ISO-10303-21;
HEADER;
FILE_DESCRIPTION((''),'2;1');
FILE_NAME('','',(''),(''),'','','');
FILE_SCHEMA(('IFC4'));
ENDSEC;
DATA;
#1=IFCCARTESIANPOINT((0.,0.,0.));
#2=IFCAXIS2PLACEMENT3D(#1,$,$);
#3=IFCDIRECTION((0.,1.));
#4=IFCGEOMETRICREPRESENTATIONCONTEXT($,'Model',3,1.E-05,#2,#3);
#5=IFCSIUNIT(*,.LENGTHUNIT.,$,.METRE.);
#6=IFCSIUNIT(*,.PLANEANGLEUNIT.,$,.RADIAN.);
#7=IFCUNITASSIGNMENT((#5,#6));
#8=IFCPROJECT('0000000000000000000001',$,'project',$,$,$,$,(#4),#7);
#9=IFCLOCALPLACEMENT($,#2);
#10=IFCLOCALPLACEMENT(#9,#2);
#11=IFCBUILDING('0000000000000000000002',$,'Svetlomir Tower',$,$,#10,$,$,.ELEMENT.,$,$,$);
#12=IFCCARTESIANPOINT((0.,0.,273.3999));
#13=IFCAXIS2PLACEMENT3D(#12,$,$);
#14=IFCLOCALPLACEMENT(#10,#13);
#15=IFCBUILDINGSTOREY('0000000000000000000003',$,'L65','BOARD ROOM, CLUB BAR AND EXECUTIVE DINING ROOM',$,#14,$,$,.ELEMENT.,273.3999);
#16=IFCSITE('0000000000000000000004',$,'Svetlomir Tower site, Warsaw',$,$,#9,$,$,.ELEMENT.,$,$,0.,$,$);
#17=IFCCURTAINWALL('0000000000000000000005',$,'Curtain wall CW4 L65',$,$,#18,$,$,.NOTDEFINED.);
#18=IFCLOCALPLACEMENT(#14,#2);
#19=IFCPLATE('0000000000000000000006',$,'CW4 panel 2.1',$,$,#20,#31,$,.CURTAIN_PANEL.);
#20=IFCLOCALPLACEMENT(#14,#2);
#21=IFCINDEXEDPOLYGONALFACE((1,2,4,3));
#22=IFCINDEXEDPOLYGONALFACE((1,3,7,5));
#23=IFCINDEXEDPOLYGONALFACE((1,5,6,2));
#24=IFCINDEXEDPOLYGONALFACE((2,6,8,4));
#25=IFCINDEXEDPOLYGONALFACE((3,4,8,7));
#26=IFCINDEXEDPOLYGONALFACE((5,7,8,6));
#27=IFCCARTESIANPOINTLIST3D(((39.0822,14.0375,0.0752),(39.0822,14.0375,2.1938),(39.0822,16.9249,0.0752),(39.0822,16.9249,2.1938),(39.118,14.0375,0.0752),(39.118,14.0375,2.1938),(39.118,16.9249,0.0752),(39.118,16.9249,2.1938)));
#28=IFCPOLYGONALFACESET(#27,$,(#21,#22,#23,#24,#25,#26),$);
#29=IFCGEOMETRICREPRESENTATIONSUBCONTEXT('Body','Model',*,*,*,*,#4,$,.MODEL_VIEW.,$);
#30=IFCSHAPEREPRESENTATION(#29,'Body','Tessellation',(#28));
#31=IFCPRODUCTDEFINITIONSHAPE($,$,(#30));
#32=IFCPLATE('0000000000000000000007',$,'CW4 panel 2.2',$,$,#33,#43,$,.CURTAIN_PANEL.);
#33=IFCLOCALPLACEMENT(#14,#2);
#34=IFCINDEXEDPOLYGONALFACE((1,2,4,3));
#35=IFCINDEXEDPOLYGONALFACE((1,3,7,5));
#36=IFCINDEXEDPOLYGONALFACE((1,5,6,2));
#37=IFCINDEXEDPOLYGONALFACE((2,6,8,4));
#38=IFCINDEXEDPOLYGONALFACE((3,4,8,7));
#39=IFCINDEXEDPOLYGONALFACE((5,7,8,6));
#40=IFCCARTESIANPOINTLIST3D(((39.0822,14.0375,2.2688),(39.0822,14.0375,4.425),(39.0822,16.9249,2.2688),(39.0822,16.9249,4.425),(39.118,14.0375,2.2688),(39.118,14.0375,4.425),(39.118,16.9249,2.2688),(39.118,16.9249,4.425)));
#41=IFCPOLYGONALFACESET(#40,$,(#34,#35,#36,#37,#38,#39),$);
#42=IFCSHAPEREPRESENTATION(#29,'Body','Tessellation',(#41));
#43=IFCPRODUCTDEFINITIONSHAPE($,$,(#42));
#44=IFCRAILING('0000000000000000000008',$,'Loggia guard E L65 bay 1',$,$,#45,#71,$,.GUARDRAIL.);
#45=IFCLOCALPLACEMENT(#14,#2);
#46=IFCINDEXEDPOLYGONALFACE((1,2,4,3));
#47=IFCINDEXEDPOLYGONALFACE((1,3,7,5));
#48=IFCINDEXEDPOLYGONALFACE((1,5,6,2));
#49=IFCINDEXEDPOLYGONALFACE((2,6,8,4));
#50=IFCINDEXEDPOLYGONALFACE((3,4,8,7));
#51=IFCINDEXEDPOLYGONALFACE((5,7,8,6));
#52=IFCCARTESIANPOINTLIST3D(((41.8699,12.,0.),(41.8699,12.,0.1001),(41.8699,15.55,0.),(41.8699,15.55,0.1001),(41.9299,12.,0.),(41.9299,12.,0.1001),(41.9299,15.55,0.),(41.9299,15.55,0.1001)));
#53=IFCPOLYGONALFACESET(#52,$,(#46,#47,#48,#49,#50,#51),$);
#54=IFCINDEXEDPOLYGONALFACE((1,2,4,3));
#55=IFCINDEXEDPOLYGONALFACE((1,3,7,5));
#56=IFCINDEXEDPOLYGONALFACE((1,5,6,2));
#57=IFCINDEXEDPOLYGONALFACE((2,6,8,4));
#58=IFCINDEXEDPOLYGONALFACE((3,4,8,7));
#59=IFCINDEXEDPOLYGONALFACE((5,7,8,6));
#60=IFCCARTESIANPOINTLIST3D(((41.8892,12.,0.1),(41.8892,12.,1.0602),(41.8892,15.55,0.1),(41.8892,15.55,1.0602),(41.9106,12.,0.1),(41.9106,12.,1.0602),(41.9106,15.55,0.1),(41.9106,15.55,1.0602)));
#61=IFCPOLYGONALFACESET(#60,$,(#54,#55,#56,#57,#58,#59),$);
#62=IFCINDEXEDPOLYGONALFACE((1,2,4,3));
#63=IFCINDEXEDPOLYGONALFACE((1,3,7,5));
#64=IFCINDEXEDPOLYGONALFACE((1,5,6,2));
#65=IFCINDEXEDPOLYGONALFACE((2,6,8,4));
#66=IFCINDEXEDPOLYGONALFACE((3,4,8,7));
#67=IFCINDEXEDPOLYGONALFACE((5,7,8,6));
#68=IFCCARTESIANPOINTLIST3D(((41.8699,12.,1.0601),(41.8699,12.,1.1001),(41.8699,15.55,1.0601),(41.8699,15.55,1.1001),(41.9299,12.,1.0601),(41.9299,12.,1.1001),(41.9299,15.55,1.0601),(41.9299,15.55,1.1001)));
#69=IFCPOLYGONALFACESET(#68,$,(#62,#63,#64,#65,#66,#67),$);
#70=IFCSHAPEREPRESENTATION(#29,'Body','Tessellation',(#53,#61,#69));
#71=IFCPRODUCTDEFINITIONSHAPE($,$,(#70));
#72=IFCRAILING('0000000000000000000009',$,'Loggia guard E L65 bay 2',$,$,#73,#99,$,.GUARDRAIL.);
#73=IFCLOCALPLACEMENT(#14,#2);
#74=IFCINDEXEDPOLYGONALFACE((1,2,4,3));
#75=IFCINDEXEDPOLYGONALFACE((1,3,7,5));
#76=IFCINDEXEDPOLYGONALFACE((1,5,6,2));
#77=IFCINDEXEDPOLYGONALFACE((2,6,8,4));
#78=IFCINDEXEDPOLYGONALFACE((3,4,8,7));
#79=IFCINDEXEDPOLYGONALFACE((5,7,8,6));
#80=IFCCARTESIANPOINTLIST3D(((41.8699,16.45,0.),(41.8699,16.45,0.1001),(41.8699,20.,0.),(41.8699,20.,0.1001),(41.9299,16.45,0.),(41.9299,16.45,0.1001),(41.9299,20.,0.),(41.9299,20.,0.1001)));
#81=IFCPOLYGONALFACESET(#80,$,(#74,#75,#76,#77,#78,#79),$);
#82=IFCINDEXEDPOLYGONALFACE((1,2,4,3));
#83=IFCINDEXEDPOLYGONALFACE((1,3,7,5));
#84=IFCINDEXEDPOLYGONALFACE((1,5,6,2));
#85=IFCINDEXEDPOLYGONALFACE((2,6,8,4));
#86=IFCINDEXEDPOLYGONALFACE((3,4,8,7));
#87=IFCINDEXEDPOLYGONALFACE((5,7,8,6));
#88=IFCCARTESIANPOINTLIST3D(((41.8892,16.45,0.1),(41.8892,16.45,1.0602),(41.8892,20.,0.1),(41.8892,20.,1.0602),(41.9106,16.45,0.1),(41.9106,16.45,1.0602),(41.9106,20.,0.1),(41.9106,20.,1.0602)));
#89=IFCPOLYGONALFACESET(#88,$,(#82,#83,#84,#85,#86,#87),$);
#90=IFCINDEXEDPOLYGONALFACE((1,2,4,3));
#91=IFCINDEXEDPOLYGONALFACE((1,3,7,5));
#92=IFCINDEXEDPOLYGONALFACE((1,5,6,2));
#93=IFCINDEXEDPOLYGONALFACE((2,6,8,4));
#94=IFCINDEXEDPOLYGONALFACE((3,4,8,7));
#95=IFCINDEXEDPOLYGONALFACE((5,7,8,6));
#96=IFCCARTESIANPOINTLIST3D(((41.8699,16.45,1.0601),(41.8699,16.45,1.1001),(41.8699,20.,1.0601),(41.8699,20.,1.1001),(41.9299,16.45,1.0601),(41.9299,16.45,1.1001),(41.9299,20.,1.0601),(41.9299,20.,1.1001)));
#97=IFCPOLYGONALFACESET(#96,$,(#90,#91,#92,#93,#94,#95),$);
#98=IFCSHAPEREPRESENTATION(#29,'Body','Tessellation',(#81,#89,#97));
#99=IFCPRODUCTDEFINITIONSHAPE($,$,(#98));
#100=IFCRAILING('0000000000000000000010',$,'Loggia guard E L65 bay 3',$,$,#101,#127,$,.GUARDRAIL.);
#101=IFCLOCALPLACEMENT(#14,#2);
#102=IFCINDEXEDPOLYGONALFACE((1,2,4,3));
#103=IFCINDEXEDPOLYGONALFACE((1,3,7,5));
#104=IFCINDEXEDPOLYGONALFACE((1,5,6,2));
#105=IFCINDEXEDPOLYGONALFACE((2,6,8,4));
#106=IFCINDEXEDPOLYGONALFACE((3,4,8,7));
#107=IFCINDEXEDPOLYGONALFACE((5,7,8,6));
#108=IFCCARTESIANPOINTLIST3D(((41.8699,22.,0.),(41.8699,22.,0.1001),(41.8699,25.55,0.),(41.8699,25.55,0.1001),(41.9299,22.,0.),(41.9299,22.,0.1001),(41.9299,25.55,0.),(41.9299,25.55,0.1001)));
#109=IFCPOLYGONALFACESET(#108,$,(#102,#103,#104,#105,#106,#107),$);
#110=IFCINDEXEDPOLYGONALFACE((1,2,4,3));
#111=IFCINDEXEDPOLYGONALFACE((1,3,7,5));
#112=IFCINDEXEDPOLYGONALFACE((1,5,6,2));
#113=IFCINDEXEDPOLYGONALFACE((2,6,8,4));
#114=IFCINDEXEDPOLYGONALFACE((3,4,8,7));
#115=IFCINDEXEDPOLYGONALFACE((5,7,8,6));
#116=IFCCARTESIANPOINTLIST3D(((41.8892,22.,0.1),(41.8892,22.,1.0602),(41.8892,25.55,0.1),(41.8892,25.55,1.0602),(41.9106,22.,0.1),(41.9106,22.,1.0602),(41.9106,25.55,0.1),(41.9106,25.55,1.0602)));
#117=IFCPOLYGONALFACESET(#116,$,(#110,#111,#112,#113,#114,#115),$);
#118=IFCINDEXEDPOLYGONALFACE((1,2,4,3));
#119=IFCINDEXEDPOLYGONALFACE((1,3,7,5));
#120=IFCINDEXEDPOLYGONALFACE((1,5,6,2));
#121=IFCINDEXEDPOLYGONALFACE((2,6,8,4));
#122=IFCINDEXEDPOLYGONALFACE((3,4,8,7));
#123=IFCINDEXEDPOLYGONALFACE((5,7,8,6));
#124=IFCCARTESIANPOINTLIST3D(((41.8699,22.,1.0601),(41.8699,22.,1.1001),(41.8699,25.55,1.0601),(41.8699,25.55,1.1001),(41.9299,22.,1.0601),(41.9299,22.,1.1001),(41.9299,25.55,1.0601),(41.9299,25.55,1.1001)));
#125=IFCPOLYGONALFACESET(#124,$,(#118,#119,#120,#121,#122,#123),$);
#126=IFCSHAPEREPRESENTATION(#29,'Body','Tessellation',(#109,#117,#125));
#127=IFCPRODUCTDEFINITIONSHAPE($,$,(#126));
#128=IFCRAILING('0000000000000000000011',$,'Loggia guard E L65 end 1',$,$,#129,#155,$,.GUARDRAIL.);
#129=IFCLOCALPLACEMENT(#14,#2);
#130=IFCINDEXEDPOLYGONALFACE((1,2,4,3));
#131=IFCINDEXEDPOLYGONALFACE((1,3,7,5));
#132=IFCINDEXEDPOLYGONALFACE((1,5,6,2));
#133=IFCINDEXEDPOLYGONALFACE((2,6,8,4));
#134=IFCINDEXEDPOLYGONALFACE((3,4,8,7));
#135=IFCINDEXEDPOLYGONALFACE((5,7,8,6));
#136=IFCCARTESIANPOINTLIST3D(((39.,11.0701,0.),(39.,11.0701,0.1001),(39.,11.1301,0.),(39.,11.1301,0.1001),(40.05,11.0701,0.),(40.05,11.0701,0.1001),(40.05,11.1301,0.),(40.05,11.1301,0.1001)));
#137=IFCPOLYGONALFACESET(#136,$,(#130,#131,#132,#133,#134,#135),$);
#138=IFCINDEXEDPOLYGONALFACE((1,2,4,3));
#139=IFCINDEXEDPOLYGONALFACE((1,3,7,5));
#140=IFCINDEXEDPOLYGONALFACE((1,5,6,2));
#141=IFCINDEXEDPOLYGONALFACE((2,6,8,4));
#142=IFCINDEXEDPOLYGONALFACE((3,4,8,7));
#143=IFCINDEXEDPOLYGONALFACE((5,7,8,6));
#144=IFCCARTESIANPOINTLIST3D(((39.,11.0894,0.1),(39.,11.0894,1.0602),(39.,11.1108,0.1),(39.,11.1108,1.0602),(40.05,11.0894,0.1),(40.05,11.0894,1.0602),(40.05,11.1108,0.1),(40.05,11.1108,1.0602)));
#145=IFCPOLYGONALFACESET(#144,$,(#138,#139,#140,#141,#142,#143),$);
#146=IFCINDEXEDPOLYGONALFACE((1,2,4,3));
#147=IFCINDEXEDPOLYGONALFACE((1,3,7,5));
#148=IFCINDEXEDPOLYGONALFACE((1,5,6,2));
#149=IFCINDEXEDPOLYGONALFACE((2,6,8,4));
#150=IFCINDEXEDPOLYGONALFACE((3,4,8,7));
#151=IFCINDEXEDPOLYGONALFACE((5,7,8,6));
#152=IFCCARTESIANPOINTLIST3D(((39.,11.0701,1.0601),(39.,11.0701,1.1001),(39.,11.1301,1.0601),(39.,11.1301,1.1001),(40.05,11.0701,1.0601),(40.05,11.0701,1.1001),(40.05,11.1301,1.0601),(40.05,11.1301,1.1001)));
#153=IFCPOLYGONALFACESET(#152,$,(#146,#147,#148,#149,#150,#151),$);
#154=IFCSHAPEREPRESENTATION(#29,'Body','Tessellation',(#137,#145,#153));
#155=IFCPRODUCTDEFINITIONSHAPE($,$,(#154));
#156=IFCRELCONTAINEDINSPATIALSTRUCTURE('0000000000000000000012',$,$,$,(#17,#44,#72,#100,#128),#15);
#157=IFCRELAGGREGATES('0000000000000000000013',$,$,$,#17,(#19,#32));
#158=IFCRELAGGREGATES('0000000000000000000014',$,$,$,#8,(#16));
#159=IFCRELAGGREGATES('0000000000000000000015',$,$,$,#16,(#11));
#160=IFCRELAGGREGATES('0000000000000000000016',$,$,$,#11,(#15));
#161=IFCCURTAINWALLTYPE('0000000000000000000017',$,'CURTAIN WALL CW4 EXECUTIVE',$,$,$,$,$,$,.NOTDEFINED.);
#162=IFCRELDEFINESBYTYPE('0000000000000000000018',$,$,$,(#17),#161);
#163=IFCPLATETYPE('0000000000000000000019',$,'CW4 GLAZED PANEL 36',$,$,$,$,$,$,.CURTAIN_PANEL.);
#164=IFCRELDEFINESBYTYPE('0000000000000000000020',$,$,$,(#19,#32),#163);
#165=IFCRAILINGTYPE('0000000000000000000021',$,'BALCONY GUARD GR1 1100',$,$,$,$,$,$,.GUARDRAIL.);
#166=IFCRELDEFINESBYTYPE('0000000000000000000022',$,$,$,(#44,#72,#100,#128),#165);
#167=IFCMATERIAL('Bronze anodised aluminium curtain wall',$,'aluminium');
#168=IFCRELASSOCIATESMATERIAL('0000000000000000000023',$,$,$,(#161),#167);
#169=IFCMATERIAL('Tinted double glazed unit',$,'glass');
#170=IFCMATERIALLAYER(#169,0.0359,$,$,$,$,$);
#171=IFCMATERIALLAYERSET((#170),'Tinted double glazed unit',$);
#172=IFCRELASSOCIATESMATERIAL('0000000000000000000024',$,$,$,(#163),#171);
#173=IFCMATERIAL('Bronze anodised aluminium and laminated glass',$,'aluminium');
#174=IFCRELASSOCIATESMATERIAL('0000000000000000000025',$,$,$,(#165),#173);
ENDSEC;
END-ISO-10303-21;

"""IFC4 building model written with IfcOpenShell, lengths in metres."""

from ifc_helpers import new_model, si_unit, direction, frame, origin, origin_2d, place, context, subcontext, project, spatial, rectangle, extrude, material, layer, layer_set, type_object, element, aggregate, save


model = new_model("IFC4")

# Units and contexts
model_context = context("Model", 3, precision=1e-05, world=origin(), true_north=direction((0.0, 1.0)))
body_context = subcontext(model_context, "Body", "Model", "MODEL_VIEW")
ifc_project = project(units=[si_unit("LENGTHUNIT", "METRE"), si_unit("PLANEANGLEUNIT", "RADIAN")], contexts=[model_context])

# Site, building, storey
site_placement = place(None, origin())
site = spatial("IfcSite", under=ifc_project, at=site_placement, Name="Svetlomir Tower site, Warsaw", CompositionType="ELEMENT", RefElevation=0.0)
building_placement = place(site_placement, origin())
building = spatial("IfcBuilding", under=site, at=building_placement, Name="Svetlomir Tower", CompositionType="ELEMENT")
storey_placement = place(building_placement, frame((0.0, 0.0, 273.3999)))
storey = spatial("IfcBuildingStorey", under=building, at=storey_placement, Name="L65", Description="BOARD ROOM, CLUB BAR AND EXECUTIVE DINING ROOM", CompositionType="ELEMENT", Elevation=273.3999)

# Curtain wall
ifc_material_1 = material(Name="Bronze anodised aluminium curtain wall", Category="aluminium")
curtain_wall_type = type_object("IfcCurtainWallType", Name="CURTAIN WALL CW4 EXECUTIVE", PredefinedType="NOTDEFINED", material=ifc_material_1)
curtain_wall_1_placement = place(storey_placement, origin())
curtain_wall_1 = element("IfcCurtainWall", 1, at=curtain_wall_1_placement, inside=storey, type_object=curtain_wall_type, Name="Curtain wall CW4 L65", PredefinedType="NOTDEFINED")

# Plates
ifc_material_2 = material(Name="Tinted double glazed unit", Category="glass")
ifc_layer_1 = layer(ifc_material_2, 0.0359)
ifc_layer_set_1 = layer_set([ifc_layer_1], Name="Tinted double glazed unit")
plate_type = type_object("IfcPlateType", Name="CW4 GLAZED PANEL 36", PredefinedType="CURTAIN_PANEL", material=ifc_layer_set_1)
plate_1_placement = place(storey_placement, frame((39.1001, 15.4812, 0.0752), z_axis=(0.0, 0.0, 1.0), x_axis=(0.0, 1.0, 0.0)))
plate_1 = element("IfcPlate", 2, at=plate_1_placement, type_object=plate_type, Name="CW4 panel 2.1", PredefinedType="CURTAIN_PANEL", context=body_context, shape_type="SweptSolid", body=[
    extrude(rectangle(XDim=2.8875, YDim=0.0359, at=origin_2d()), origin(), (0.0, 0.0, 1.0), 2.1187),
])
plate_2_placement = place(storey_placement, frame((39.1001, 15.4812, 2.2688), z_axis=(0.0, 0.0, 1.0), x_axis=(0.0, 1.0, 0.0)))
plate_2 = element("IfcPlate", 3, at=plate_2_placement, type_object=plate_type, Name="CW4 panel 2.2", PredefinedType="CURTAIN_PANEL", context=body_context, shape_type="SweptSolid", body=[
    extrude(rectangle(XDim=2.8875, YDim=0.0359, at=origin_2d()), origin(), (0.0, 0.0, 1.0), 2.1562),
])
aggregate(curtain_wall_1, [plate_1, plate_2])

# Railings
ifc_material_3 = material(Name="Bronze anodised aluminium and laminated glass", Category="aluminium")
railing_type = type_object("IfcRailingType", Name="BALCONY GUARD GR1 1100", PredefinedType="GUARDRAIL", material=ifc_material_3)
for number, where, name in (
    (4, (41.8999, 12.0, 0.0), "Loggia guard E L65 bay 1"),
    (5, (41.8999, 16.45, 0.0), "Loggia guard E L65 bay 2"),
    (6, (41.8999, 22.0, 0.0), "Loggia guard E L65 bay 3"),
):
    element("IfcRailing", number, at=place(storey_placement, frame(where)), inside=storey, type_object=railing_type, Name=name, PredefinedType="GUARDRAIL", context=body_context, shape_type="SweptSolid", body=[
        extrude(rectangle(XDim=0.0601, YDim=0.1001, at=origin_2d()), frame((0.0, 0.0, 0.05), z_axis=(0.0, 1.0, 0.0), x_axis=(-1.0, 0.0, 0.0)), (0.0, 0.0, 1.0), 3.55),
        extrude(rectangle(XDim=0.0215, YDim=0.9602, at=origin_2d()), frame((0.0, 0.0, 0.5801), z_axis=(0.0, 1.0, 0.0), x_axis=(-1.0, 0.0, 0.0)), (0.0, 0.0, 1.0), 3.55),
        extrude(rectangle(XDim=0.0601, YDim=0.04, at=origin_2d()), frame((0.0, 0.0, 1.0801), z_axis=(0.0, 1.0, 0.0), x_axis=(-1.0, 0.0, 0.0)), (0.0, 0.0, 1.0), 3.55),
    ])
railing_placement = place(storey_placement, frame((40.05, 11.1001, 0.0)))
element("IfcRailing", 7, at=railing_placement, inside=storey, type_object=railing_type, Name="Loggia guard E L65 end 1", PredefinedType="GUARDRAIL", context=body_context, shape_type="SweptSolid", body=[
    extrude(rectangle(XDim=0.0601, YDim=0.1001, at=origin_2d()), frame((0.0, 0.0, 0.05), z_axis=(-1.0, 0.0, 0.0), x_axis=(0.0, -1.0, 0.0)), (0.0, 0.0, 1.0), 1.05),
    extrude(rectangle(XDim=0.0215, YDim=0.9602, at=origin_2d()), frame((0.0, 0.0, 0.5801), z_axis=(-1.0, 0.0, 0.0), x_axis=(0.0, -1.0, 0.0)), (0.0, 0.0, 1.0), 1.05),
    extrude(rectangle(XDim=0.0601, YDim=0.04, at=origin_2d()), frame((0.0, 0.0, 1.0801), z_axis=(-1.0, 0.0, 0.0), x_axis=(0.0, -1.0, 0.0)), (0.0, 0.0, 1.0), 1.05),
])

save(model, "model.ifc")
